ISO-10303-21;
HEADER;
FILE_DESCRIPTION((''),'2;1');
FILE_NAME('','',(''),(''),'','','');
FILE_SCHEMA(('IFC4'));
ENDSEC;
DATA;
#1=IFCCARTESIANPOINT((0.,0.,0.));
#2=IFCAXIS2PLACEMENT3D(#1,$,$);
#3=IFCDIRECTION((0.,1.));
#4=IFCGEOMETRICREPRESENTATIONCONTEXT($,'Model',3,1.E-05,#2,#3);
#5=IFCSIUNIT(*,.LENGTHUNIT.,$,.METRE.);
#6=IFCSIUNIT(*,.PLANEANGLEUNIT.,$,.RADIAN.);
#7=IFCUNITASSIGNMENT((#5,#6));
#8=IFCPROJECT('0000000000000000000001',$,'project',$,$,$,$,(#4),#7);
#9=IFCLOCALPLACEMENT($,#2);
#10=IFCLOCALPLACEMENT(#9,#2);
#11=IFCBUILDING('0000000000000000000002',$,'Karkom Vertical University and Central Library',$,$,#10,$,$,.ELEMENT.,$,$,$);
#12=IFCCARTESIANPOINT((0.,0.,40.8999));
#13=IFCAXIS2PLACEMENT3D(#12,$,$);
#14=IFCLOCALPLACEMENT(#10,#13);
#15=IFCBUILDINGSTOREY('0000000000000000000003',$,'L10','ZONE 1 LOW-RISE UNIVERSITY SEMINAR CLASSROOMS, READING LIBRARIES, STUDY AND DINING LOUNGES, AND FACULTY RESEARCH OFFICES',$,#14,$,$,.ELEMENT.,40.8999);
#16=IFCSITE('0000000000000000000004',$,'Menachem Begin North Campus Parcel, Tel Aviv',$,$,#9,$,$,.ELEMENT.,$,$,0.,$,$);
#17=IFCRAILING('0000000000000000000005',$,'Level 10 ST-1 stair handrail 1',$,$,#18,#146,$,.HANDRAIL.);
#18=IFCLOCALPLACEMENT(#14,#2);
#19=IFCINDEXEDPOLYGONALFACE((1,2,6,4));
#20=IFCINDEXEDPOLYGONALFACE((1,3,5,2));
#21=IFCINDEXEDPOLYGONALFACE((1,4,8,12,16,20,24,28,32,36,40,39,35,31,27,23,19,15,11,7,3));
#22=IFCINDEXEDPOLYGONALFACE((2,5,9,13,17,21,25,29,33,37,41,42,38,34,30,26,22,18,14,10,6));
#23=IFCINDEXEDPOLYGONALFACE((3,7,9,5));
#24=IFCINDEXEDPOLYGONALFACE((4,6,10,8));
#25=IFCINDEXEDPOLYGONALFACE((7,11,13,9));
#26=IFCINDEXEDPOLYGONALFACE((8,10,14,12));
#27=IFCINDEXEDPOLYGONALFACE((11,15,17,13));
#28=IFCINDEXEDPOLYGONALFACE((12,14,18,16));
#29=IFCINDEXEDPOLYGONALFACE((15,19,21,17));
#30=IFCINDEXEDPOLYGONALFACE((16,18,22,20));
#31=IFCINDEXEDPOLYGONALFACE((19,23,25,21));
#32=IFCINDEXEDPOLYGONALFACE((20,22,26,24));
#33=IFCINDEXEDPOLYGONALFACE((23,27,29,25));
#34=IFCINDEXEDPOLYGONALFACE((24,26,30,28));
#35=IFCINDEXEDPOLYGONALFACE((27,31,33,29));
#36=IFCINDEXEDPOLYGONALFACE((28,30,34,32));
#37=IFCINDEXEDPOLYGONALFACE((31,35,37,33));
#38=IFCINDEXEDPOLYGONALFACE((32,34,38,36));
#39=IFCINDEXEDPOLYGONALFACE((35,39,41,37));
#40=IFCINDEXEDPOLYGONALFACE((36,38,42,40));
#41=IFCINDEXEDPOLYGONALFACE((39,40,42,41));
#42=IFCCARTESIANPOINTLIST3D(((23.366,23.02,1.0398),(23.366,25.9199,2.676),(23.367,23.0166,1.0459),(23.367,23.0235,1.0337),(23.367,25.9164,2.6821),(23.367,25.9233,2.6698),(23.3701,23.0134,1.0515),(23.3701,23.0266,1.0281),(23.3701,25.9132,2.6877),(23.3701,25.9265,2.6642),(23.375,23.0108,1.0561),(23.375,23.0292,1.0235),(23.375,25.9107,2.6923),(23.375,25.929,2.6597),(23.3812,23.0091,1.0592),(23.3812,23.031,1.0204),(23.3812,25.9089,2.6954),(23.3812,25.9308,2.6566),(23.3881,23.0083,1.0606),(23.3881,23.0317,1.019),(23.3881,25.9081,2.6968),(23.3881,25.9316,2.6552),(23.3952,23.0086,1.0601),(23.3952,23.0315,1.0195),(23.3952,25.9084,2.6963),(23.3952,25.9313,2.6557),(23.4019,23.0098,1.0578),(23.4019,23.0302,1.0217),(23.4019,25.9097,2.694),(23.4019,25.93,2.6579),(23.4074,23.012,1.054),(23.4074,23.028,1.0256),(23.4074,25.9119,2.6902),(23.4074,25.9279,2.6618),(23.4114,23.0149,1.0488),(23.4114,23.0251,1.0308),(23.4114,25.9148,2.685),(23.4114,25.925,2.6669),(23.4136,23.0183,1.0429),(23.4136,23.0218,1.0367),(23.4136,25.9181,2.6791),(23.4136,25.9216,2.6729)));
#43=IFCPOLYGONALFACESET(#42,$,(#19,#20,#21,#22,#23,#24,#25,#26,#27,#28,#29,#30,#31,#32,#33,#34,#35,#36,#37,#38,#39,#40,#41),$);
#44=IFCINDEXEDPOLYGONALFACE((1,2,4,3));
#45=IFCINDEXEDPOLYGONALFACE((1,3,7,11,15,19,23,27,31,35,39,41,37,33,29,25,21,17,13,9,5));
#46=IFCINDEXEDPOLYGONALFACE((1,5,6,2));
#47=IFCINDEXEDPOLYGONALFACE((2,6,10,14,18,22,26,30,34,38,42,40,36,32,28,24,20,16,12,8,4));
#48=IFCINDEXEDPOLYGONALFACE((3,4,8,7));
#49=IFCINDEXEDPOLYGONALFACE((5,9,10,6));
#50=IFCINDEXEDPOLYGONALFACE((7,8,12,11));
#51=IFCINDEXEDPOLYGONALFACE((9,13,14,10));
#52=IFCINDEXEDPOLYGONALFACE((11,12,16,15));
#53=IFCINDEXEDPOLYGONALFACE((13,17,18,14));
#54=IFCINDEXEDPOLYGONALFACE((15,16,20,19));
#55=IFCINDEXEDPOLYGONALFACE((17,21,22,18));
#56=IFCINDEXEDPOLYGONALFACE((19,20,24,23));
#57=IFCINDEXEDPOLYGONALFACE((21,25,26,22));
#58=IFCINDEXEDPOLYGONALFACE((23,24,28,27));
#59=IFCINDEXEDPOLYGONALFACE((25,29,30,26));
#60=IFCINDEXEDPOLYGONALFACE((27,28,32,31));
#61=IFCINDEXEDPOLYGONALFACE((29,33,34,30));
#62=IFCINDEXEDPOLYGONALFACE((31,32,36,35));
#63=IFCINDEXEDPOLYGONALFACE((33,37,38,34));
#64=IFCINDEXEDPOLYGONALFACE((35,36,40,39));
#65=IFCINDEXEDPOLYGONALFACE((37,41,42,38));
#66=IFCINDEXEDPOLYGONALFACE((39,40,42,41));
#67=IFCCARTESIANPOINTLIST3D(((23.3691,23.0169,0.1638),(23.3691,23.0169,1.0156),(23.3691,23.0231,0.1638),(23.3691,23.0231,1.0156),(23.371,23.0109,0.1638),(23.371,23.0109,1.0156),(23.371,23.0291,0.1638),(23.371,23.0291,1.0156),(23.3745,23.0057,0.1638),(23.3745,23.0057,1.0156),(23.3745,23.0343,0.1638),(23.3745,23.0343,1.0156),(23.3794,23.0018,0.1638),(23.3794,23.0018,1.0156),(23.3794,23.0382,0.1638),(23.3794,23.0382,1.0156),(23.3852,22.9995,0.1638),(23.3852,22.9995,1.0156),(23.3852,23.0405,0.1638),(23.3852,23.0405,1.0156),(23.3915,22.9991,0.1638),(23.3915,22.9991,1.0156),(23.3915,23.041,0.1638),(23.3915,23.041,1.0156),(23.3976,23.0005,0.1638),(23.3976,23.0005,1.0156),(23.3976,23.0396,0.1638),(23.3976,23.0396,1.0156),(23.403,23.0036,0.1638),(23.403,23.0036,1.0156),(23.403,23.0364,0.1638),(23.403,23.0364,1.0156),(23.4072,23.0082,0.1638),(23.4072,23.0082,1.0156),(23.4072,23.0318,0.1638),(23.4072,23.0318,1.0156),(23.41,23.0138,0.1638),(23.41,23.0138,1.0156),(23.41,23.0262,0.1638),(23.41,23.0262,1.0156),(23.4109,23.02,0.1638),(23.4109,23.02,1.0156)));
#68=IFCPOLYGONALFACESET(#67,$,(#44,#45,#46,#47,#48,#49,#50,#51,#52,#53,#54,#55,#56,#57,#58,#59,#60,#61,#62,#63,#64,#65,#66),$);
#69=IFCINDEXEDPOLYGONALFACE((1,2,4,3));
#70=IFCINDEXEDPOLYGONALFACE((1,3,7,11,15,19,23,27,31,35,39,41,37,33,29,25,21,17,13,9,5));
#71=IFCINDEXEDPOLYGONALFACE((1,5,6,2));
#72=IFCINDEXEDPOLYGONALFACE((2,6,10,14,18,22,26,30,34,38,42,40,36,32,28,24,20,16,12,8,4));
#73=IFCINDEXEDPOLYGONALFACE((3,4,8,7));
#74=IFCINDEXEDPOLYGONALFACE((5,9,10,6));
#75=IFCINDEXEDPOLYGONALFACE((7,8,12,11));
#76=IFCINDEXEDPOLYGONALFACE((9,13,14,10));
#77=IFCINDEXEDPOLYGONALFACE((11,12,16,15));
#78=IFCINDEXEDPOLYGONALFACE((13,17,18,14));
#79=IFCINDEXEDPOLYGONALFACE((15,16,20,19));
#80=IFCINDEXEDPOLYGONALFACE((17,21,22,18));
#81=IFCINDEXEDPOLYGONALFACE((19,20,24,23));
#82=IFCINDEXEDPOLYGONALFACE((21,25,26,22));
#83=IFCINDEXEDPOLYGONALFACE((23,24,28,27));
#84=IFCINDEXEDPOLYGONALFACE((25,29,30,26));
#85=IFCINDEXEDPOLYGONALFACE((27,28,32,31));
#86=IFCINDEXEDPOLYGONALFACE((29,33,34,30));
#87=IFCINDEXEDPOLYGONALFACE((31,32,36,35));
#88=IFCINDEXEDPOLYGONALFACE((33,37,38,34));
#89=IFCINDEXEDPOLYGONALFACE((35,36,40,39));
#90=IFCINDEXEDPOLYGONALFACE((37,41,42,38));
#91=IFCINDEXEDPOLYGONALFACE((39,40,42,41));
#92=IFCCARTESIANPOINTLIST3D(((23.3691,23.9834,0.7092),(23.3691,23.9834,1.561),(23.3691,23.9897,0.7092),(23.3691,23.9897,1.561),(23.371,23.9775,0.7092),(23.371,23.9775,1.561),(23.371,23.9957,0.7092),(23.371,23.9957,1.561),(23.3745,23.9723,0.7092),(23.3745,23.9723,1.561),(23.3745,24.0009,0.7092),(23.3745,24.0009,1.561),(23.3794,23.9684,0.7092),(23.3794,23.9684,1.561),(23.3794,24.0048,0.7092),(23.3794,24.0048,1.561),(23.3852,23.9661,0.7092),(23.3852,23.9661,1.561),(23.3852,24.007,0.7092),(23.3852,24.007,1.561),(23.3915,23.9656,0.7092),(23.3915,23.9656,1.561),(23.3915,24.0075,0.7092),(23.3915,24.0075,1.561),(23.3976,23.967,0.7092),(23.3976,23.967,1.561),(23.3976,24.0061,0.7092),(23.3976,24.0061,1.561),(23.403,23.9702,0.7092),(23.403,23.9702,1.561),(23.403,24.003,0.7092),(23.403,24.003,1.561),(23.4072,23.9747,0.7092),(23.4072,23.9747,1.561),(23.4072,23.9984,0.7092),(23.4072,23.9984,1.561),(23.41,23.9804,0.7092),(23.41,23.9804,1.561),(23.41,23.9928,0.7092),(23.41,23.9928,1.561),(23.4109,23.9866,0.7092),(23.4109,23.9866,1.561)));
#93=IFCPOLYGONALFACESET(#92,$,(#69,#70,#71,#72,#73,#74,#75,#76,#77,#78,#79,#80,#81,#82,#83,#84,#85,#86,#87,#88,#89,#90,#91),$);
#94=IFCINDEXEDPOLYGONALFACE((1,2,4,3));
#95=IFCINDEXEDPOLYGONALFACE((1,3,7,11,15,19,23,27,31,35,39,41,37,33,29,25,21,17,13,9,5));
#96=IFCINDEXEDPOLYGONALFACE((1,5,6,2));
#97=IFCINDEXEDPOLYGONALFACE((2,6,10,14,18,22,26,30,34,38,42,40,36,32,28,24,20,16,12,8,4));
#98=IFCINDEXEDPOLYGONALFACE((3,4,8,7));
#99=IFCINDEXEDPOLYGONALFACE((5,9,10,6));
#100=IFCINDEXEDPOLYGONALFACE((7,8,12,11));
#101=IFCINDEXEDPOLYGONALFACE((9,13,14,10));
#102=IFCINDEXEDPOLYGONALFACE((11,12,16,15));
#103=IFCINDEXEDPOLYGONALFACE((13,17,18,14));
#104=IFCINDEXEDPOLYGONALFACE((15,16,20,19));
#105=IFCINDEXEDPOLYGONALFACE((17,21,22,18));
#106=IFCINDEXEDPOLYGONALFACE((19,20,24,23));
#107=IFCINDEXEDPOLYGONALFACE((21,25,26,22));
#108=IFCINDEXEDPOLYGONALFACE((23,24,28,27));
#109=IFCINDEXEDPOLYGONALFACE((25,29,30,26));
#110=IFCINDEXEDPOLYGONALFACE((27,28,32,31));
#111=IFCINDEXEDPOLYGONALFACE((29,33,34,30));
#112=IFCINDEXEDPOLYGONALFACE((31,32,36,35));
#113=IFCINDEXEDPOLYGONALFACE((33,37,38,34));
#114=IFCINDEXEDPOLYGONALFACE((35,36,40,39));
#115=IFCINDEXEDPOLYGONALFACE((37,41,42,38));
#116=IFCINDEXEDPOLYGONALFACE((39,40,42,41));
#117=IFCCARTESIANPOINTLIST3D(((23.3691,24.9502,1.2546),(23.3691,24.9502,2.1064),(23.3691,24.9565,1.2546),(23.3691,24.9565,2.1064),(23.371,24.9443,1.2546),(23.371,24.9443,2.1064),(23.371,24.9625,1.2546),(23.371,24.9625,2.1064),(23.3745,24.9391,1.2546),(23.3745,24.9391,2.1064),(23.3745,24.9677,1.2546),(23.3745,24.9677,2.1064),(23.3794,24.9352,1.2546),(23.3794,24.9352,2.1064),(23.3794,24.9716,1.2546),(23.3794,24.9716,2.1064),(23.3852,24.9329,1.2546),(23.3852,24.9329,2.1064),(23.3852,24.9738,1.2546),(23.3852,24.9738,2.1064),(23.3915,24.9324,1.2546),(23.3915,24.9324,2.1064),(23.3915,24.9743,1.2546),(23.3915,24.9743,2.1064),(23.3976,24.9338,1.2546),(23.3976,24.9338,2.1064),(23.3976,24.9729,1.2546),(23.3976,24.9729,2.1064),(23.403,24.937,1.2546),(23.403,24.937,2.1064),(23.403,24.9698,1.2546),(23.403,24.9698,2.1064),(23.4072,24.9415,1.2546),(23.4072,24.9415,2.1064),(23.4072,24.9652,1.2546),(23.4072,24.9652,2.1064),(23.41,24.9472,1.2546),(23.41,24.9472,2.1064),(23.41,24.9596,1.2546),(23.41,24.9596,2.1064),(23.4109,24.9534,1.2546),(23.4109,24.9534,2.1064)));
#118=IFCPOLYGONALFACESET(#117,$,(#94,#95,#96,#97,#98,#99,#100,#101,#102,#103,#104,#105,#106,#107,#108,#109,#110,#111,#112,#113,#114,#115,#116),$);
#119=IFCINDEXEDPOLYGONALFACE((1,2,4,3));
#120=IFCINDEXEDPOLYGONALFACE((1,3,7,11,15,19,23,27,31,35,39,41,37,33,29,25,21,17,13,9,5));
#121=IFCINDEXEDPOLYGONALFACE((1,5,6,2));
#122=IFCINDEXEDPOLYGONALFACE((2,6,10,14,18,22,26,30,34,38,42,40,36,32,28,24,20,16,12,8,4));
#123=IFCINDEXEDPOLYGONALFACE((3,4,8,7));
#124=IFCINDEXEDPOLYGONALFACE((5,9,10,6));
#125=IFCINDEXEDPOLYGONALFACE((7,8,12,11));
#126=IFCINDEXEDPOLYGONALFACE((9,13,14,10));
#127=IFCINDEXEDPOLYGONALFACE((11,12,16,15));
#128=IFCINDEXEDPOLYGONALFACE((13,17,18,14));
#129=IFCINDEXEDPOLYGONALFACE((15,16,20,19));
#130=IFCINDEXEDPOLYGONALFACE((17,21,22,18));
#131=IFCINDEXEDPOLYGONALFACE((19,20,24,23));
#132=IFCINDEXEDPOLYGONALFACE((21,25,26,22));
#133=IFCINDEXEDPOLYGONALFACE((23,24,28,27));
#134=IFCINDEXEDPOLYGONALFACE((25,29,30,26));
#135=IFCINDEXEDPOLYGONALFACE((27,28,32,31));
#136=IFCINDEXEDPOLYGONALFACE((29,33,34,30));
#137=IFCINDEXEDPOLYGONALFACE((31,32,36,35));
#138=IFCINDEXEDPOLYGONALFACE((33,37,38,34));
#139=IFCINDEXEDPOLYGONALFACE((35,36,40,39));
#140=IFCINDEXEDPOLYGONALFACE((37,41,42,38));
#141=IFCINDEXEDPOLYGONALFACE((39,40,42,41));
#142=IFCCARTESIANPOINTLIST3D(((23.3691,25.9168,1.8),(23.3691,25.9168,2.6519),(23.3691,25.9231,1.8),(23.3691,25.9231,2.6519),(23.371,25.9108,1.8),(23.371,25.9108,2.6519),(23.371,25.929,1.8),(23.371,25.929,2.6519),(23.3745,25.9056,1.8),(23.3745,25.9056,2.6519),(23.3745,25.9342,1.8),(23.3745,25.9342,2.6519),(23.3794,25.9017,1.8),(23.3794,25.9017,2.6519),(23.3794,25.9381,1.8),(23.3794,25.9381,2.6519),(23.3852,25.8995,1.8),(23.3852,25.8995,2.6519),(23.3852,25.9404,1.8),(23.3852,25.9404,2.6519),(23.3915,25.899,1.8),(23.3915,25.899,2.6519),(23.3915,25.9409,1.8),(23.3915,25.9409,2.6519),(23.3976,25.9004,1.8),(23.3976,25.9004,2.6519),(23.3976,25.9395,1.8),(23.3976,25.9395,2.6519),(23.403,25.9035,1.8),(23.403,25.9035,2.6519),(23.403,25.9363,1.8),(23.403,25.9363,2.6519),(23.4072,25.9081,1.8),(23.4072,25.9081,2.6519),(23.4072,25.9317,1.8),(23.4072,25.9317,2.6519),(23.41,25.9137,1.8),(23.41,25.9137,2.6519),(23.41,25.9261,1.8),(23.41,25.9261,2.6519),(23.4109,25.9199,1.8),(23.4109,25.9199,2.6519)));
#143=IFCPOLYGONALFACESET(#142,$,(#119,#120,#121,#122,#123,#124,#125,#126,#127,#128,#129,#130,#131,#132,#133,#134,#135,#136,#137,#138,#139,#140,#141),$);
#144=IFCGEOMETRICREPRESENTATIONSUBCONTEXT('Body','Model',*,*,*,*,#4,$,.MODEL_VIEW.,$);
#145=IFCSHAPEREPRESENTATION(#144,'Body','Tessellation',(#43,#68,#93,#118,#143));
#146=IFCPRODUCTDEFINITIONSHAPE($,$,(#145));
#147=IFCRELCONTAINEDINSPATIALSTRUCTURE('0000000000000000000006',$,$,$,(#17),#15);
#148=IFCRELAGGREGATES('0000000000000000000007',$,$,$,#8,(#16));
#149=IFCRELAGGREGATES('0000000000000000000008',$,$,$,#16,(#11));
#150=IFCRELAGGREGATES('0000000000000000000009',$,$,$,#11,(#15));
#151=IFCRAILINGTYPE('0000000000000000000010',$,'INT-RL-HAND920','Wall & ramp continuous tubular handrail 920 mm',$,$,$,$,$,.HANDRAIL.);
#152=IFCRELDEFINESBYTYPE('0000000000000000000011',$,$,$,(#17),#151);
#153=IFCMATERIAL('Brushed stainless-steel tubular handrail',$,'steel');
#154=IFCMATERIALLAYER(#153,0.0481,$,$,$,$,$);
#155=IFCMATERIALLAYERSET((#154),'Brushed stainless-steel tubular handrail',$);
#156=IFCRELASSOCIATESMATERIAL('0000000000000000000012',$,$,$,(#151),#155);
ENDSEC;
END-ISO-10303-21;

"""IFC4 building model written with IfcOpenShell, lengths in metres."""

from ifc_helpers import new_model, si_unit, direction, frame, origin, origin_2d, place, context, subcontext, project, spatial, circle, extrude, material, layer, layer_set, type_object, element, save


model = new_model("IFC4")

# Units and contexts
model_context = context("Model", 3, precision=1e-05, world=origin(), true_north=direction((0.0, 1.0)))
body_context = subcontext(model_context, "Body", "Model", "MODEL_VIEW")
ifc_project = project(units=[si_unit("LENGTHUNIT", "METRE"), si_unit("PLANEANGLEUNIT", "RADIAN")], contexts=[model_context])

# Site, building, storey
site_placement = place(None, origin())
site = spatial("IfcSite", under=ifc_project, at=site_placement, Name="Menachem Begin North Campus Parcel, Tel Aviv", CompositionType="ELEMENT", RefElevation=0.0)
building_placement = place(site_placement, origin())
building = spatial("IfcBuilding", under=site, at=building_placement, Name="Karkom Vertical University and Central Library", CompositionType="ELEMENT")
storey_placement = place(building_placement, frame((0.0, 0.0, 40.8999)))
storey = spatial("IfcBuildingStorey", under=building, at=storey_placement, Name="L10", Description="ZONE 1 LOW-RISE UNIVERSITY SEMINAR CLASSROOMS, READING LIBRARIES, STUDY AND DINING LOUNGES, AND FACULTY RESEARCH OFFICES", CompositionType="ELEMENT", Elevation=40.8999)

# Railing
ifc_material_1 = material(Name="Brushed stainless-steel tubular handrail", Category="steel")
ifc_layer_1 = layer(ifc_material_1, 0.0481)
ifc_layer_set_1 = layer_set([ifc_layer_1], Name="Brushed stainless-steel tubular handrail")
railing_type_1 = type_object("IfcRailingType", Name="INT-RL-HAND920", Description="Wall & ramp continuous tubular handrail 920 mm", PredefinedType="HANDRAIL", material=ifc_layer_set_1)
railing_1_placement = place(storey_placement, frame((23.3899, 23.02, 0.1638)))
element("IfcRailing", 1, at=railing_1_placement, inside=storey, type_object=railing_type_1, Name="Level 10 ST-1 stair handrail 1", PredefinedType="HANDRAIL", context=body_context, shape_type="SweptSolid", body=[
    extrude(circle(Radius=0.0239, at=origin_2d()), frame((0.0, 0.0, 0.876), z_axis=(0.0, 0.870929, 0.49141), x_axis=(-1.0, 0.0, 0.0)), (0.0, 0.0, 1.0), 3.3296),
    extrude(circle(Radius=0.021, at=origin_2d()), origin(), (0.0, 0.0, 1.0), 0.8518),
    extrude(circle(Radius=0.021, at=origin_2d()), frame((0.0, 0.9666, 0.5454)), (0.0, 0.0, 1.0), 0.8518),
    extrude(circle(Radius=0.021, at=origin_2d()), frame((0.0, 1.9333, 1.0908)), (0.0, 0.0, 1.0), 0.8518),
    extrude(circle(Radius=0.021, at=origin_2d()), frame((0.0, 2.8999, 1.6362)), (0.0, 0.0, 1.0), 0.8518),
])

save(model, "model.ifc")
